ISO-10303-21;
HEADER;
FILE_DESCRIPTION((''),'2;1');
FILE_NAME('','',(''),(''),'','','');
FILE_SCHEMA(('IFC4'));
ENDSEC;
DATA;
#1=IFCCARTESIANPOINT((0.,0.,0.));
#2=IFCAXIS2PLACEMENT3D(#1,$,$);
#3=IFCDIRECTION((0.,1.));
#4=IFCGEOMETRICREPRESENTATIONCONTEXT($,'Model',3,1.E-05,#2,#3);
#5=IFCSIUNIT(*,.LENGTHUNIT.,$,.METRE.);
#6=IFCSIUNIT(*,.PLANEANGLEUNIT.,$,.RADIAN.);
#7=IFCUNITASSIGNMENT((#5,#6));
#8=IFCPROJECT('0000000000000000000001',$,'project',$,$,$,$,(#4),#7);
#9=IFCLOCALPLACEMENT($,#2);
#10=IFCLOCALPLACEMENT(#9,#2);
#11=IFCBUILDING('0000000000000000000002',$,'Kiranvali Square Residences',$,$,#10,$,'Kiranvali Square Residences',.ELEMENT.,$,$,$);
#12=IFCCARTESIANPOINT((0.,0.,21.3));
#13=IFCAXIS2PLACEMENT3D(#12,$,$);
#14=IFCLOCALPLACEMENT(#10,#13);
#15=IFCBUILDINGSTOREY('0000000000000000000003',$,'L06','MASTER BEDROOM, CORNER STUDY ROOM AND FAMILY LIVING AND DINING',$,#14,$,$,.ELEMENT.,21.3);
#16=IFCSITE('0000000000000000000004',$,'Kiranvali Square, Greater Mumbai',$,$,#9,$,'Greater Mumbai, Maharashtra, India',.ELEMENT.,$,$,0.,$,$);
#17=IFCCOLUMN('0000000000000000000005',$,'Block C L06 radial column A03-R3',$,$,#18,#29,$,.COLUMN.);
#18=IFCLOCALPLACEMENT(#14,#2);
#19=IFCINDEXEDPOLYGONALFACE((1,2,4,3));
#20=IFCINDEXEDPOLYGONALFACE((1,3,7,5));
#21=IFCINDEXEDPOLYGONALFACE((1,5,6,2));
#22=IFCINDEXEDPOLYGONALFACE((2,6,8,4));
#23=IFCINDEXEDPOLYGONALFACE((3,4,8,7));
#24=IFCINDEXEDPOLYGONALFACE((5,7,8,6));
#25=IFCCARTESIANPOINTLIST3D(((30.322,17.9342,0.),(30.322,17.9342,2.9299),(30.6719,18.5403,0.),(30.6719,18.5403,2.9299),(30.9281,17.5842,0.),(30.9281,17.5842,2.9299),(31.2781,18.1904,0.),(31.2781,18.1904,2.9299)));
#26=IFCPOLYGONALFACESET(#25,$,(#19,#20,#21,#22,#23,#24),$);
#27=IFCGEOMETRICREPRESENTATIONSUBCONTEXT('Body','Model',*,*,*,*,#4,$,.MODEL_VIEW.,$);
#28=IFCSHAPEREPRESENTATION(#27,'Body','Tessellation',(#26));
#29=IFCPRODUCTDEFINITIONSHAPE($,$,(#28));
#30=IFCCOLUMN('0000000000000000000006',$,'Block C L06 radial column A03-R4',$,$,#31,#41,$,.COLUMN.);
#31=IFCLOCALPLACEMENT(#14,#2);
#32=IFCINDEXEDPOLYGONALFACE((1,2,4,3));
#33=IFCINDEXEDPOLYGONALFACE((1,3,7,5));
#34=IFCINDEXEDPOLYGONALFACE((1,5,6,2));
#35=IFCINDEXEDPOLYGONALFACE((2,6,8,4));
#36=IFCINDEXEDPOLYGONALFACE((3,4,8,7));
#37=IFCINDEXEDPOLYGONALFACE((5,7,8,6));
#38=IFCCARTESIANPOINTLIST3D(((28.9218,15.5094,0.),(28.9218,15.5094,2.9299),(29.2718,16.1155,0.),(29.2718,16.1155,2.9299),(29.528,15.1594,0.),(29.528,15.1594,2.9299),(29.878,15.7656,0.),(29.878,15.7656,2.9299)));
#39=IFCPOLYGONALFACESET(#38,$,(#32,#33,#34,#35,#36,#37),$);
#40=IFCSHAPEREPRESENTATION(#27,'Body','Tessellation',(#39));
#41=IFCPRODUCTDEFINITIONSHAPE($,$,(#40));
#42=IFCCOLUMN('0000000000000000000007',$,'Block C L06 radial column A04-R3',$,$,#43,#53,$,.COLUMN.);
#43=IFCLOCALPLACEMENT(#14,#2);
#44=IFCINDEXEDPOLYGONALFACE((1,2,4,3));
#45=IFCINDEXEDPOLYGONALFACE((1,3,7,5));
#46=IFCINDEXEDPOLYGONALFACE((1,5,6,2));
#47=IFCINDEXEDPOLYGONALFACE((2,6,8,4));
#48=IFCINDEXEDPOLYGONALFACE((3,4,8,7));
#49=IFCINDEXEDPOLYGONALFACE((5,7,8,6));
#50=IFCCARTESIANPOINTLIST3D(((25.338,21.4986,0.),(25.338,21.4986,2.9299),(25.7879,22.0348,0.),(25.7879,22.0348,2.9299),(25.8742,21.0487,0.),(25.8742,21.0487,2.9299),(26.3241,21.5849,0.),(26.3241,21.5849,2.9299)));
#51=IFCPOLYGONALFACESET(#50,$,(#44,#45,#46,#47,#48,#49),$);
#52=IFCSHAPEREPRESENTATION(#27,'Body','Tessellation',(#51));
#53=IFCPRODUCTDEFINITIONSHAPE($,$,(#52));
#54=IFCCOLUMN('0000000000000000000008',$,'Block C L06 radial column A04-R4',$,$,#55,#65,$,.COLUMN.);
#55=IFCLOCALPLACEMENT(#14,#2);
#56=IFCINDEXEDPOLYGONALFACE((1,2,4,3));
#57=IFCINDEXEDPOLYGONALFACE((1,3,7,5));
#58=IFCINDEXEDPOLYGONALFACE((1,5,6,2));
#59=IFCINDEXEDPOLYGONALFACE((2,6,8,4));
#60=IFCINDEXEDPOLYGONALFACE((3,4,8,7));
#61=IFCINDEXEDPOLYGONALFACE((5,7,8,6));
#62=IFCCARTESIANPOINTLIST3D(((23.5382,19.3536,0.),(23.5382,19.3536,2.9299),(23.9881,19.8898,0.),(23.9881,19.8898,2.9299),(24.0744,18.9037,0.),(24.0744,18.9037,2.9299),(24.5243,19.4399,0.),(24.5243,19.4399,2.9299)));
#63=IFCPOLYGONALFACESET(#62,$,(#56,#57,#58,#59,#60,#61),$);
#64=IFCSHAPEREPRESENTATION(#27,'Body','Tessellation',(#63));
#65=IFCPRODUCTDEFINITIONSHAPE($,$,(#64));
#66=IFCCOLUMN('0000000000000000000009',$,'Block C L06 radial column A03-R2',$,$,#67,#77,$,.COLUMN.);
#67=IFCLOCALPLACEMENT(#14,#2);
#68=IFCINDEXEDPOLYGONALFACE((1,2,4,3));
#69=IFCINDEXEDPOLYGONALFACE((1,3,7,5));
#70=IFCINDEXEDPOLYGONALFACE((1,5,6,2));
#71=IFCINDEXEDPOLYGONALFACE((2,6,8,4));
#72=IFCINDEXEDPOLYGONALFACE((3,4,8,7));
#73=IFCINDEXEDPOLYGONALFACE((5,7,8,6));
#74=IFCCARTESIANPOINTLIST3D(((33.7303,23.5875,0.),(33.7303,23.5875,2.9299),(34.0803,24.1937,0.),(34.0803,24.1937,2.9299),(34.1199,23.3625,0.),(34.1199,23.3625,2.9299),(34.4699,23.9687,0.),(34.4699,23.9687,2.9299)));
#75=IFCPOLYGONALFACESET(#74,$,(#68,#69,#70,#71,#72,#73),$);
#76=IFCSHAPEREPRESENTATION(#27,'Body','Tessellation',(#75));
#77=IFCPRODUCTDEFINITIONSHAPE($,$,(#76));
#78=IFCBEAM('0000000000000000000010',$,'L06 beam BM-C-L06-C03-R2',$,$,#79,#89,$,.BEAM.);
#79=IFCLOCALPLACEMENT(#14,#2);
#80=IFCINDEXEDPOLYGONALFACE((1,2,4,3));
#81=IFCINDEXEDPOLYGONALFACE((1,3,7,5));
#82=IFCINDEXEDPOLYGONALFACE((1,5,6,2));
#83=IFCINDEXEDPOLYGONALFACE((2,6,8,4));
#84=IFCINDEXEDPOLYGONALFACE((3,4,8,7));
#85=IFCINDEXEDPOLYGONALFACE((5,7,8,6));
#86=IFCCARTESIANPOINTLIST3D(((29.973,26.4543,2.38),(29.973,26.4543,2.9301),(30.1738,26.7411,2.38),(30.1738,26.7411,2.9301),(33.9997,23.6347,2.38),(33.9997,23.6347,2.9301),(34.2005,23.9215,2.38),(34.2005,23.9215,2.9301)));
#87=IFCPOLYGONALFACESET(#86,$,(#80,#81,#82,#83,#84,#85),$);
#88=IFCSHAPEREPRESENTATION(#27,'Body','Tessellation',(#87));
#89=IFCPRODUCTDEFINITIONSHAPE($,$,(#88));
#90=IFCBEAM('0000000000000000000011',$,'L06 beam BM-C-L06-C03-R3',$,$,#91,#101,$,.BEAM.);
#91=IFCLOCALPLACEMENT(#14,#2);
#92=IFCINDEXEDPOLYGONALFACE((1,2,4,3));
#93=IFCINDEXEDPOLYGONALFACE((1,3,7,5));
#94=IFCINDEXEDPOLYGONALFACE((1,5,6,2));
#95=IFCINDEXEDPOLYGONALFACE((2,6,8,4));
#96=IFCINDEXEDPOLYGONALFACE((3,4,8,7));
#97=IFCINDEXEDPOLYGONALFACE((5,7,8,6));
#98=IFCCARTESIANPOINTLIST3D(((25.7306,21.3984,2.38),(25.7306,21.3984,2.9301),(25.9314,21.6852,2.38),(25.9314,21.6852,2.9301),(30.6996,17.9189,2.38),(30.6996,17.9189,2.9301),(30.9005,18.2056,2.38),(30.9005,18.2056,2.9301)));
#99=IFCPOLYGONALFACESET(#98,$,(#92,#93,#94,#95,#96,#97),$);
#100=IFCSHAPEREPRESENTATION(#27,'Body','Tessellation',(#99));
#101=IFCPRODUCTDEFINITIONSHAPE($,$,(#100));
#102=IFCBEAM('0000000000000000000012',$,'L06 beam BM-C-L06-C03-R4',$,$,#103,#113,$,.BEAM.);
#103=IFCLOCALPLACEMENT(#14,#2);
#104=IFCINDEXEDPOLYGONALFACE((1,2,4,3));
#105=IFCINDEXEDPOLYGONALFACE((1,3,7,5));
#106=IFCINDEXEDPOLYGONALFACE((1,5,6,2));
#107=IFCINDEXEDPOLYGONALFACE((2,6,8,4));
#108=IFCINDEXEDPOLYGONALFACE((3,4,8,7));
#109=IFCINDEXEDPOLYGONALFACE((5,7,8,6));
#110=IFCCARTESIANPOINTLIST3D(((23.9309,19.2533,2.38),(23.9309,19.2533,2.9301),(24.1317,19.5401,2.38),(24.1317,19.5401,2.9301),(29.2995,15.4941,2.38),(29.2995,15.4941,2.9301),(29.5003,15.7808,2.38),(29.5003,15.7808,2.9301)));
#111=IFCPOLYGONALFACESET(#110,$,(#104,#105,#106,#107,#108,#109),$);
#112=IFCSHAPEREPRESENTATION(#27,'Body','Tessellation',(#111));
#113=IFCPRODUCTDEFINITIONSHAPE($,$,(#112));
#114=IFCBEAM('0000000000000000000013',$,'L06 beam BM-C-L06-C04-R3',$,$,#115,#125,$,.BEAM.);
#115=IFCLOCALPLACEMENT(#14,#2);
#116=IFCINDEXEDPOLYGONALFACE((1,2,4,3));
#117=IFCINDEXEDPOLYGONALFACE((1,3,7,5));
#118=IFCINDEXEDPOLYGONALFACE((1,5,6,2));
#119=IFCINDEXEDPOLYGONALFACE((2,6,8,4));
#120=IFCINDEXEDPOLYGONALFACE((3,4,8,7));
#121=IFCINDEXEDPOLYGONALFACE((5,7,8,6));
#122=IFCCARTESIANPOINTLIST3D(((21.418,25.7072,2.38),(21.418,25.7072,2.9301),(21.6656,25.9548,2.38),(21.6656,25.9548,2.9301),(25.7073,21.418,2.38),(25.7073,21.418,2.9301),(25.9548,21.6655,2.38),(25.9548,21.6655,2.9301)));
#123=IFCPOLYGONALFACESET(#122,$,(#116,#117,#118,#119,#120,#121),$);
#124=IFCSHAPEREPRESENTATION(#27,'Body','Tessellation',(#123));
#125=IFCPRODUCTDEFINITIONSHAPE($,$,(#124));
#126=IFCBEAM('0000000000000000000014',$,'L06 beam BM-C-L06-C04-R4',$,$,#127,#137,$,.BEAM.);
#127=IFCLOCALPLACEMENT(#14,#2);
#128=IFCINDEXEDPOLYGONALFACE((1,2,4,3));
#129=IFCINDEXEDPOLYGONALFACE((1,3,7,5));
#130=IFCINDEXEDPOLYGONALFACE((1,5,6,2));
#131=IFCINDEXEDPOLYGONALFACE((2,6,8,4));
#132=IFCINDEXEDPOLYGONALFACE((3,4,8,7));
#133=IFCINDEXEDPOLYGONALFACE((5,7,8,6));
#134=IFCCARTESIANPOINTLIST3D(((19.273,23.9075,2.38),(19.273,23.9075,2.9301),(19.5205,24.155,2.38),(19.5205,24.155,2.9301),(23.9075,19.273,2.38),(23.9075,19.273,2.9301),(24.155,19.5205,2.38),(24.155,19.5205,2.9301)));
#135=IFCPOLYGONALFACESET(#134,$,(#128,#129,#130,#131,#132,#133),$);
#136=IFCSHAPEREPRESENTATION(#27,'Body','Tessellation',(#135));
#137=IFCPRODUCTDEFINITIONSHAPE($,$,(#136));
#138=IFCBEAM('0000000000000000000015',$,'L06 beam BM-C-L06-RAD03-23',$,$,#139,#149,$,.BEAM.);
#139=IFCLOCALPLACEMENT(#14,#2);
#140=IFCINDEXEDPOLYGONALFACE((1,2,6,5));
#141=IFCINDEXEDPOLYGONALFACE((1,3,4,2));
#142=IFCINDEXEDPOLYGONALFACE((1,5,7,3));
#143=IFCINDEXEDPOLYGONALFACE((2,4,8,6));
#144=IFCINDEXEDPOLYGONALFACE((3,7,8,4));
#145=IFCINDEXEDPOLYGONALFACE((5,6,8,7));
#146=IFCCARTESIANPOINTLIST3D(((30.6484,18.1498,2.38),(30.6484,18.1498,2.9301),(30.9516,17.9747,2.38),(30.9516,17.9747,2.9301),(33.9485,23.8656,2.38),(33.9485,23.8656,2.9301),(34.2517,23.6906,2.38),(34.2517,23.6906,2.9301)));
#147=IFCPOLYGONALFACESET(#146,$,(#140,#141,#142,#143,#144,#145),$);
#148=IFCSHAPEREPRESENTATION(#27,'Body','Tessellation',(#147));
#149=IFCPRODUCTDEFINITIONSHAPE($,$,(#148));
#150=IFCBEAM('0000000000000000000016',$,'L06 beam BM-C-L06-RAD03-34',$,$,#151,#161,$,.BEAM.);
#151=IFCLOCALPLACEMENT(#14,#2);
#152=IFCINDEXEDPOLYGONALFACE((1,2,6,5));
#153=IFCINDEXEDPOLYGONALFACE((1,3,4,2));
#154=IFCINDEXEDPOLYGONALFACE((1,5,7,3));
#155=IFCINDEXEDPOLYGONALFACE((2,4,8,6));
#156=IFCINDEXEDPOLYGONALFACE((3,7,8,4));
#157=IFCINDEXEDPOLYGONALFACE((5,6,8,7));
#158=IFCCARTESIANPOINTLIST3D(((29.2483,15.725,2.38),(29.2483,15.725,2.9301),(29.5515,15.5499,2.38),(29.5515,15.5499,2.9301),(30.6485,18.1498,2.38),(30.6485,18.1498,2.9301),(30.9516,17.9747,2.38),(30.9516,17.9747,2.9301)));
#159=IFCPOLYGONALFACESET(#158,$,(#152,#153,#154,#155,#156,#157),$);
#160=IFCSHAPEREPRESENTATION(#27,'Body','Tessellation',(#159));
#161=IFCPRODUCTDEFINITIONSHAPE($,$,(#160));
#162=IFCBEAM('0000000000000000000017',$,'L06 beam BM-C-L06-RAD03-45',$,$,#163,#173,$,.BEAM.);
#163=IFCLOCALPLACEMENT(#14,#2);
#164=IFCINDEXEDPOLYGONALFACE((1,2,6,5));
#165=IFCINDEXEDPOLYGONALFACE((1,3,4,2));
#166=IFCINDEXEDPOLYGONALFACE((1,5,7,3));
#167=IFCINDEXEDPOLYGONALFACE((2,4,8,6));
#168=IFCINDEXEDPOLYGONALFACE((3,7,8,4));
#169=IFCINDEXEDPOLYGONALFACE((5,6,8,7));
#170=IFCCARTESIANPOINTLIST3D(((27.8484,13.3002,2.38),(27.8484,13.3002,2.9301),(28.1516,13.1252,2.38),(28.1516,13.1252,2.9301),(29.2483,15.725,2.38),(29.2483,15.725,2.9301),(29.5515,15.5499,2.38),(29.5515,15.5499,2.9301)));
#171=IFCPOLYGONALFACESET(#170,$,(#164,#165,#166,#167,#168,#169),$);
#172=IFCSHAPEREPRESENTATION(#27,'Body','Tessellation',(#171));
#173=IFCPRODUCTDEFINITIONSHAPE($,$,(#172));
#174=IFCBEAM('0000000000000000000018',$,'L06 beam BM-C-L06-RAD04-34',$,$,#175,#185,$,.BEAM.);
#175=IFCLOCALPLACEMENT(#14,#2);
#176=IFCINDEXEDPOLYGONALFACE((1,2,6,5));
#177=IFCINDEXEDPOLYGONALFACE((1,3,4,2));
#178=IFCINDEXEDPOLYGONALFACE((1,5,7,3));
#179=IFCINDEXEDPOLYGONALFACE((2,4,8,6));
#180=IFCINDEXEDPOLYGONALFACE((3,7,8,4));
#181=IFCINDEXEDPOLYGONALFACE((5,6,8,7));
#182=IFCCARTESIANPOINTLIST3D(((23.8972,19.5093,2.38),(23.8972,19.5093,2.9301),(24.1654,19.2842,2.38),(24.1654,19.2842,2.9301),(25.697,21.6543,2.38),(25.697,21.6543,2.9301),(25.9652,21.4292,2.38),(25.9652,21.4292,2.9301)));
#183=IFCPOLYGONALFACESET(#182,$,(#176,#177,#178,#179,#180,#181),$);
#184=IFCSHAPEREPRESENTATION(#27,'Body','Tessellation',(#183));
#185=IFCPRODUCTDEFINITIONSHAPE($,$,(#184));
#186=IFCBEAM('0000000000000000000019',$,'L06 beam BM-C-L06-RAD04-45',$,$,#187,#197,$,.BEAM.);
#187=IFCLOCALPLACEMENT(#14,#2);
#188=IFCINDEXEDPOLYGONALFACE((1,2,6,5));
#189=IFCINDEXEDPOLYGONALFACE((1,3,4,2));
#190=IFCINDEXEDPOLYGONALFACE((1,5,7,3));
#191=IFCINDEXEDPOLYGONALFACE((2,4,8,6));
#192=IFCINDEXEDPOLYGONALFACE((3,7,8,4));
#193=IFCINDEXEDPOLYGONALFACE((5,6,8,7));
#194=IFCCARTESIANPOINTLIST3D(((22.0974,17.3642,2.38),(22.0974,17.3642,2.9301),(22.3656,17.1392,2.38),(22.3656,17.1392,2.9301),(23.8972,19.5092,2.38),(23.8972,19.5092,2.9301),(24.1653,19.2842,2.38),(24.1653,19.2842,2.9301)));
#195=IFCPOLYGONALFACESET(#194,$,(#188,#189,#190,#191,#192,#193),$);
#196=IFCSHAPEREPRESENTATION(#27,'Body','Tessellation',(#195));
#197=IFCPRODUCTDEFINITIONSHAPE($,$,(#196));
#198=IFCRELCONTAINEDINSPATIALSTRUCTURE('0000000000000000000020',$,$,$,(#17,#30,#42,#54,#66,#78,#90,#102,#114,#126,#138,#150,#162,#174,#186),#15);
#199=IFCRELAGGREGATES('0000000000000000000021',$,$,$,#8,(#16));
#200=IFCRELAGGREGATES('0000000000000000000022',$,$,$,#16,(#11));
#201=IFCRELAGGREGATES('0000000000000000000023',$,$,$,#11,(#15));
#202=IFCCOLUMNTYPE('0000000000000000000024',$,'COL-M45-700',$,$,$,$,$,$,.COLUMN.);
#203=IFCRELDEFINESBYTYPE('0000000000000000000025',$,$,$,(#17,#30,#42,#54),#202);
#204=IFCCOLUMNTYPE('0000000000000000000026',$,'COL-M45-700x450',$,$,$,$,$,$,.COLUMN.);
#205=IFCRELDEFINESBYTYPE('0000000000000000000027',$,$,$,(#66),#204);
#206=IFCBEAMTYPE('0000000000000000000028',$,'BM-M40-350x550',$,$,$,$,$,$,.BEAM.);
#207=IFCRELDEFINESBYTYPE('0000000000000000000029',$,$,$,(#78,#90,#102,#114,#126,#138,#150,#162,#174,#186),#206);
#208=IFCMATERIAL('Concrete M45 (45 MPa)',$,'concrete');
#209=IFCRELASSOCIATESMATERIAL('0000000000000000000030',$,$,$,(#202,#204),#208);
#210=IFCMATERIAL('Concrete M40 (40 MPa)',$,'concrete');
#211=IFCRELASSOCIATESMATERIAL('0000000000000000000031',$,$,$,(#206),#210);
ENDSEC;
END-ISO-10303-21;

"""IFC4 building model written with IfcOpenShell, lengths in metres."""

from ifc_helpers import new_model, si_unit, direction, frame, origin, origin_2d, place, context, subcontext, project, spatial, rectangle, extrude, material, material_profile, profile_set, type_object, element, save


model = new_model("IFC4")

# Units and contexts
model_context = context("Model", 3, precision=1e-05, world=origin(), true_north=direction((0.0, 1.0)))
body_context = subcontext(model_context, "Body", "Model", "MODEL_VIEW")
ifc_project = project(units=[si_unit("LENGTHUNIT", "METRE"), si_unit("PLANEANGLEUNIT", "RADIAN")], contexts=[model_context])

# Site, building, storey
site_placement = place(None, origin())
site = spatial("IfcSite", under=ifc_project, at=site_placement, Name="Kiranvali Square, Greater Mumbai", LongName="Greater Mumbai, Maharashtra, India", CompositionType="ELEMENT", RefElevation=0.0)
building_placement = place(site_placement, origin())
building = spatial("IfcBuilding", under=site, at=building_placement, Name="Kiranvali Square Residences", LongName="Kiranvali Square Residences", CompositionType="ELEMENT")
storey_placement = place(building_placement, frame((0.0, 0.0, 21.3)))
storey = spatial("IfcBuildingStorey", under=building, at=storey_placement, Name="L06", Description="MASTER BEDROOM, CORNER STUDY ROOM AND FAMILY LIVING AND DINING", CompositionType="ELEMENT", Elevation=21.3)

# Columns
ifc_material_1 = material(Name="Concrete M45 (45 MPa)", Category="concrete")
ifc_material_profile_1 = material_profile(ifc_material_1, rectangle(XDim=0.7, YDim=0.7, at=origin_2d()), Name="RC 700x700")
ifc_profile_set_1 = profile_set([ifc_material_profile_1], Name="Concrete M45 (45 MPa)")
column_type_1 = type_object("IfcColumnType", Name="COL-M45-700", PredefinedType="COLUMN", material=ifc_profile_set_1)
for number, where, z_axis, x_axis, name in (
    (1, (30.8, 18.0623, 0.0), (0.0, 0.0, 1.0), (-0.866025, 0.5, 0.0), "Block C L06 radial column A03-R3"),
    (2, (29.3999, 15.6375, 0.0), (0.0, 0.0, 1.0), (-0.866025, 0.5, 0.0), "Block C L06 radial column A03-R4"),
    (3, (25.8311, 21.5417, 0.0), (0.0, 0.0, 1.0), (-0.766044, 0.642788, 0.0), "Block C L06 radial column A04-R3"),
    (4, (24.0312, 19.3967, 0.0), (0.0, 0.0, 1.0), (-0.766044, 0.642788, 0.0), "Block C L06 radial column A04-R4"),
):
    element("IfcColumn", number, at=place(storey_placement, frame(where, z_axis=z_axis, x_axis=x_axis)), inside=storey, type_object=column_type_1, Name=name, PredefinedType="COLUMN", context=body_context, shape_type="SweptSolid", body=[
        extrude(rectangle(XDim=0.7, YDim=0.7, at=origin_2d()), origin(), (0.0, 0.0, 1.0), 2.9299),
    ])
ifc_material_profile_2 = material_profile(ifc_material_1, rectangle(XDim=0.45, YDim=0.7, at=origin_2d()), Name="RC 700x450")
ifc_profile_set_2 = profile_set([ifc_material_profile_2], Name="Concrete M45 (45 MPa)")
column_type_2 = type_object("IfcColumnType", Name="COL-M45-700x450", PredefinedType="COLUMN", material=ifc_profile_set_2)
column_placement = place(storey_placement, frame((34.1001, 23.7781, 0.0), z_axis=(0.0, 0.0, 1.0), x_axis=(-0.866025, 0.5, 0.0)))
element("IfcColumn", 5, at=column_placement, inside=storey, type_object=column_type_2, Name="Block C L06 radial column A03-R2", PredefinedType="COLUMN", context=body_context, shape_type="SweptSolid", body=[
    extrude(rectangle(XDim=0.45, YDim=0.7, at=origin_2d()), origin(), (0.0, 0.0, 1.0), 2.9299),
])

# Beams
ifc_material_2 = material(Name="Concrete M40 (40 MPa)", Category="concrete")
ifc_material_profile_3 = material_profile(ifc_material_2, rectangle(XDim=0.3501, YDim=0.55, at=origin_2d()), Name="RC 350x550")
ifc_profile_set_3 = profile_set([ifc_material_profile_3], Name="Concrete M40 (40 MPa)")
beam_type = type_object("IfcBeamType", Name="BM-M40-350x550", PredefinedType="BEAM", material=ifc_profile_set_3)
beam_1_placement = place(storey_placement, frame((34.1001, 23.7781, 2.655), z_axis=(-0.819141, 0.573592, 0.0), x_axis=(-0.573592, -0.819141, 0.0)))
element("IfcBeam", 6, at=beam_1_placement, inside=storey, type_object=beam_type, Name="L06 beam BM-C-L06-C03-R2", PredefinedType="BEAM", context=body_context, shape_type="SweptSolid", body=[
    extrude(rectangle(XDim=0.3501, YDim=0.55, at=origin_2d()), origin(), (0.0, 0.0, 1.0), 4.9158),
])
beam_2_placement = place(storey_placement, frame((30.8, 18.0623, 2.655), z_axis=(-0.819139, 0.573595, 0.0), x_axis=(-0.573595, -0.819139, 0.0)))
element("IfcBeam", 7, at=beam_2_placement, inside=storey, type_object=beam_type, Name="L06 beam BM-C-L06-C03-R3", PredefinedType="BEAM", context=body_context, shape_type="SweptSolid", body=[
    extrude(rectangle(XDim=0.3501, YDim=0.55, at=origin_2d()), origin(), (0.0, 0.0, 1.0), 6.0662),
])
beam_3_placement = place(storey_placement, frame((29.3999, 15.6375, 2.655), z_axis=(-0.819144, 0.573587, 0.0), x_axis=(-0.573587, -0.819144, 0.0)))
element("IfcBeam", 8, at=beam_3_placement, inside=storey, type_object=beam_type, Name="L06 beam BM-C-L06-C03-R4", PredefinedType="BEAM", context=body_context, shape_type="SweptSolid", body=[
    extrude(rectangle(XDim=0.3501, YDim=0.55, at=origin_2d()), origin(), (0.0, 0.0, 1.0), 6.554),
])
beam_4_placement = place(storey_placement, frame((25.8311, 21.5417, 2.655), z_axis=(-0.707107, 0.707107, 0.0), x_axis=(-0.707107, -0.707107, 0.0)))
element("IfcBeam", 9, at=beam_4_placement, inside=storey, type_object=beam_type, Name="L06 beam BM-C-L06-C04-R3", PredefinedType="BEAM", context=body_context, shape_type="SweptSolid", body=[
    extrude(rectangle(XDim=0.3501, YDim=0.55, at=origin_2d()), origin(), (0.0, 0.0, 1.0), 6.0659),
])
beam_5_placement = place(storey_placement, frame((24.0312, 19.3967, 2.655), z_axis=(-0.707107, 0.707107, 0.0), x_axis=(-0.707107, -0.707107, 0.0)))
element("IfcBeam", 10, at=beam_5_placement, inside=storey, type_object=beam_type, Name="L06 beam BM-C-L06-C04-R4", PredefinedType="BEAM", context=body_context, shape_type="SweptSolid", body=[
    extrude(rectangle(XDim=0.3501, YDim=0.55, at=origin_2d()), origin(), (0.0, 0.0, 1.0), 6.5542),
])
beam_6_placement = place(storey_placement, frame((34.1001, 23.7781, 2.655), z_axis=(-0.500002, -0.866024, 0.0), x_axis=(0.866024, -0.500002, 0.0)))
element("IfcBeam", 11, at=beam_6_placement, inside=storey, type_object=beam_type, Name="L06 beam BM-C-L06-RAD03-23", PredefinedType="BEAM", context=body_context, shape_type="SweptSolid", body=[
    extrude(rectangle(XDim=0.3501, YDim=0.55, at=origin_2d()), origin(), (0.0, 0.0, 1.0), 6.6001),
])
beam_7_placement = place(storey_placement, frame((30.8, 18.0623, 2.655), z_axis=(-0.50005, -0.865997, 0.0), x_axis=(0.865997, -0.50005, 0.0)))
element("IfcBeam", 12, at=beam_7_placement, inside=storey, type_object=beam_type, Name="L06 beam BM-C-L06-RAD03-34", PredefinedType="BEAM", context=body_context, shape_type="SweptSolid", body=[
    extrude(rectangle(XDim=0.3501, YDim=0.55, at=origin_2d()), origin(), (0.0, 0.0, 1.0), 2.8),
])
beam_8_placement = place(storey_placement, frame((29.3999, 15.6375, 2.655), z_axis=(-0.499984, -0.866035, 0.0), x_axis=(0.866035, -0.499984, 0.0)))
element("IfcBeam", 13, at=beam_8_placement, inside=storey, type_object=beam_type, Name="L06 beam BM-C-L06-RAD03-45", PredefinedType="BEAM", context=body_context, shape_type="SweptSolid", body=[
    extrude(rectangle(XDim=0.3501, YDim=0.55, at=origin_2d()), origin(), (0.0, 0.0, 1.0), 2.7998),
])
for number, where, z_axis, x_axis, name in (
    (14, (25.8311, 21.5417, 2.655), (-0.642771, -0.766059, 0.0), (0.766059, -0.642771, 0.0), "L06 beam BM-C-L06-RAD04-34"),
    (15, (24.0312, 19.3967, 2.655), (-0.642771, -0.766059, 0.0), (0.766059, -0.642771, 0.0), "L06 beam BM-C-L06-RAD04-45"),
):
    element("IfcBeam", number, at=place(storey_placement, frame(where, z_axis=z_axis, x_axis=x_axis)), inside=storey, type_object=beam_type, Name=name, PredefinedType="BEAM", context=body_context, shape_type="SweptSolid", body=[
        extrude(rectangle(XDim=0.3501, YDim=0.55, at=origin_2d()), origin(), (0.0, 0.0, 1.0), 2.8),
    ])

save(model, "model.ifc")
